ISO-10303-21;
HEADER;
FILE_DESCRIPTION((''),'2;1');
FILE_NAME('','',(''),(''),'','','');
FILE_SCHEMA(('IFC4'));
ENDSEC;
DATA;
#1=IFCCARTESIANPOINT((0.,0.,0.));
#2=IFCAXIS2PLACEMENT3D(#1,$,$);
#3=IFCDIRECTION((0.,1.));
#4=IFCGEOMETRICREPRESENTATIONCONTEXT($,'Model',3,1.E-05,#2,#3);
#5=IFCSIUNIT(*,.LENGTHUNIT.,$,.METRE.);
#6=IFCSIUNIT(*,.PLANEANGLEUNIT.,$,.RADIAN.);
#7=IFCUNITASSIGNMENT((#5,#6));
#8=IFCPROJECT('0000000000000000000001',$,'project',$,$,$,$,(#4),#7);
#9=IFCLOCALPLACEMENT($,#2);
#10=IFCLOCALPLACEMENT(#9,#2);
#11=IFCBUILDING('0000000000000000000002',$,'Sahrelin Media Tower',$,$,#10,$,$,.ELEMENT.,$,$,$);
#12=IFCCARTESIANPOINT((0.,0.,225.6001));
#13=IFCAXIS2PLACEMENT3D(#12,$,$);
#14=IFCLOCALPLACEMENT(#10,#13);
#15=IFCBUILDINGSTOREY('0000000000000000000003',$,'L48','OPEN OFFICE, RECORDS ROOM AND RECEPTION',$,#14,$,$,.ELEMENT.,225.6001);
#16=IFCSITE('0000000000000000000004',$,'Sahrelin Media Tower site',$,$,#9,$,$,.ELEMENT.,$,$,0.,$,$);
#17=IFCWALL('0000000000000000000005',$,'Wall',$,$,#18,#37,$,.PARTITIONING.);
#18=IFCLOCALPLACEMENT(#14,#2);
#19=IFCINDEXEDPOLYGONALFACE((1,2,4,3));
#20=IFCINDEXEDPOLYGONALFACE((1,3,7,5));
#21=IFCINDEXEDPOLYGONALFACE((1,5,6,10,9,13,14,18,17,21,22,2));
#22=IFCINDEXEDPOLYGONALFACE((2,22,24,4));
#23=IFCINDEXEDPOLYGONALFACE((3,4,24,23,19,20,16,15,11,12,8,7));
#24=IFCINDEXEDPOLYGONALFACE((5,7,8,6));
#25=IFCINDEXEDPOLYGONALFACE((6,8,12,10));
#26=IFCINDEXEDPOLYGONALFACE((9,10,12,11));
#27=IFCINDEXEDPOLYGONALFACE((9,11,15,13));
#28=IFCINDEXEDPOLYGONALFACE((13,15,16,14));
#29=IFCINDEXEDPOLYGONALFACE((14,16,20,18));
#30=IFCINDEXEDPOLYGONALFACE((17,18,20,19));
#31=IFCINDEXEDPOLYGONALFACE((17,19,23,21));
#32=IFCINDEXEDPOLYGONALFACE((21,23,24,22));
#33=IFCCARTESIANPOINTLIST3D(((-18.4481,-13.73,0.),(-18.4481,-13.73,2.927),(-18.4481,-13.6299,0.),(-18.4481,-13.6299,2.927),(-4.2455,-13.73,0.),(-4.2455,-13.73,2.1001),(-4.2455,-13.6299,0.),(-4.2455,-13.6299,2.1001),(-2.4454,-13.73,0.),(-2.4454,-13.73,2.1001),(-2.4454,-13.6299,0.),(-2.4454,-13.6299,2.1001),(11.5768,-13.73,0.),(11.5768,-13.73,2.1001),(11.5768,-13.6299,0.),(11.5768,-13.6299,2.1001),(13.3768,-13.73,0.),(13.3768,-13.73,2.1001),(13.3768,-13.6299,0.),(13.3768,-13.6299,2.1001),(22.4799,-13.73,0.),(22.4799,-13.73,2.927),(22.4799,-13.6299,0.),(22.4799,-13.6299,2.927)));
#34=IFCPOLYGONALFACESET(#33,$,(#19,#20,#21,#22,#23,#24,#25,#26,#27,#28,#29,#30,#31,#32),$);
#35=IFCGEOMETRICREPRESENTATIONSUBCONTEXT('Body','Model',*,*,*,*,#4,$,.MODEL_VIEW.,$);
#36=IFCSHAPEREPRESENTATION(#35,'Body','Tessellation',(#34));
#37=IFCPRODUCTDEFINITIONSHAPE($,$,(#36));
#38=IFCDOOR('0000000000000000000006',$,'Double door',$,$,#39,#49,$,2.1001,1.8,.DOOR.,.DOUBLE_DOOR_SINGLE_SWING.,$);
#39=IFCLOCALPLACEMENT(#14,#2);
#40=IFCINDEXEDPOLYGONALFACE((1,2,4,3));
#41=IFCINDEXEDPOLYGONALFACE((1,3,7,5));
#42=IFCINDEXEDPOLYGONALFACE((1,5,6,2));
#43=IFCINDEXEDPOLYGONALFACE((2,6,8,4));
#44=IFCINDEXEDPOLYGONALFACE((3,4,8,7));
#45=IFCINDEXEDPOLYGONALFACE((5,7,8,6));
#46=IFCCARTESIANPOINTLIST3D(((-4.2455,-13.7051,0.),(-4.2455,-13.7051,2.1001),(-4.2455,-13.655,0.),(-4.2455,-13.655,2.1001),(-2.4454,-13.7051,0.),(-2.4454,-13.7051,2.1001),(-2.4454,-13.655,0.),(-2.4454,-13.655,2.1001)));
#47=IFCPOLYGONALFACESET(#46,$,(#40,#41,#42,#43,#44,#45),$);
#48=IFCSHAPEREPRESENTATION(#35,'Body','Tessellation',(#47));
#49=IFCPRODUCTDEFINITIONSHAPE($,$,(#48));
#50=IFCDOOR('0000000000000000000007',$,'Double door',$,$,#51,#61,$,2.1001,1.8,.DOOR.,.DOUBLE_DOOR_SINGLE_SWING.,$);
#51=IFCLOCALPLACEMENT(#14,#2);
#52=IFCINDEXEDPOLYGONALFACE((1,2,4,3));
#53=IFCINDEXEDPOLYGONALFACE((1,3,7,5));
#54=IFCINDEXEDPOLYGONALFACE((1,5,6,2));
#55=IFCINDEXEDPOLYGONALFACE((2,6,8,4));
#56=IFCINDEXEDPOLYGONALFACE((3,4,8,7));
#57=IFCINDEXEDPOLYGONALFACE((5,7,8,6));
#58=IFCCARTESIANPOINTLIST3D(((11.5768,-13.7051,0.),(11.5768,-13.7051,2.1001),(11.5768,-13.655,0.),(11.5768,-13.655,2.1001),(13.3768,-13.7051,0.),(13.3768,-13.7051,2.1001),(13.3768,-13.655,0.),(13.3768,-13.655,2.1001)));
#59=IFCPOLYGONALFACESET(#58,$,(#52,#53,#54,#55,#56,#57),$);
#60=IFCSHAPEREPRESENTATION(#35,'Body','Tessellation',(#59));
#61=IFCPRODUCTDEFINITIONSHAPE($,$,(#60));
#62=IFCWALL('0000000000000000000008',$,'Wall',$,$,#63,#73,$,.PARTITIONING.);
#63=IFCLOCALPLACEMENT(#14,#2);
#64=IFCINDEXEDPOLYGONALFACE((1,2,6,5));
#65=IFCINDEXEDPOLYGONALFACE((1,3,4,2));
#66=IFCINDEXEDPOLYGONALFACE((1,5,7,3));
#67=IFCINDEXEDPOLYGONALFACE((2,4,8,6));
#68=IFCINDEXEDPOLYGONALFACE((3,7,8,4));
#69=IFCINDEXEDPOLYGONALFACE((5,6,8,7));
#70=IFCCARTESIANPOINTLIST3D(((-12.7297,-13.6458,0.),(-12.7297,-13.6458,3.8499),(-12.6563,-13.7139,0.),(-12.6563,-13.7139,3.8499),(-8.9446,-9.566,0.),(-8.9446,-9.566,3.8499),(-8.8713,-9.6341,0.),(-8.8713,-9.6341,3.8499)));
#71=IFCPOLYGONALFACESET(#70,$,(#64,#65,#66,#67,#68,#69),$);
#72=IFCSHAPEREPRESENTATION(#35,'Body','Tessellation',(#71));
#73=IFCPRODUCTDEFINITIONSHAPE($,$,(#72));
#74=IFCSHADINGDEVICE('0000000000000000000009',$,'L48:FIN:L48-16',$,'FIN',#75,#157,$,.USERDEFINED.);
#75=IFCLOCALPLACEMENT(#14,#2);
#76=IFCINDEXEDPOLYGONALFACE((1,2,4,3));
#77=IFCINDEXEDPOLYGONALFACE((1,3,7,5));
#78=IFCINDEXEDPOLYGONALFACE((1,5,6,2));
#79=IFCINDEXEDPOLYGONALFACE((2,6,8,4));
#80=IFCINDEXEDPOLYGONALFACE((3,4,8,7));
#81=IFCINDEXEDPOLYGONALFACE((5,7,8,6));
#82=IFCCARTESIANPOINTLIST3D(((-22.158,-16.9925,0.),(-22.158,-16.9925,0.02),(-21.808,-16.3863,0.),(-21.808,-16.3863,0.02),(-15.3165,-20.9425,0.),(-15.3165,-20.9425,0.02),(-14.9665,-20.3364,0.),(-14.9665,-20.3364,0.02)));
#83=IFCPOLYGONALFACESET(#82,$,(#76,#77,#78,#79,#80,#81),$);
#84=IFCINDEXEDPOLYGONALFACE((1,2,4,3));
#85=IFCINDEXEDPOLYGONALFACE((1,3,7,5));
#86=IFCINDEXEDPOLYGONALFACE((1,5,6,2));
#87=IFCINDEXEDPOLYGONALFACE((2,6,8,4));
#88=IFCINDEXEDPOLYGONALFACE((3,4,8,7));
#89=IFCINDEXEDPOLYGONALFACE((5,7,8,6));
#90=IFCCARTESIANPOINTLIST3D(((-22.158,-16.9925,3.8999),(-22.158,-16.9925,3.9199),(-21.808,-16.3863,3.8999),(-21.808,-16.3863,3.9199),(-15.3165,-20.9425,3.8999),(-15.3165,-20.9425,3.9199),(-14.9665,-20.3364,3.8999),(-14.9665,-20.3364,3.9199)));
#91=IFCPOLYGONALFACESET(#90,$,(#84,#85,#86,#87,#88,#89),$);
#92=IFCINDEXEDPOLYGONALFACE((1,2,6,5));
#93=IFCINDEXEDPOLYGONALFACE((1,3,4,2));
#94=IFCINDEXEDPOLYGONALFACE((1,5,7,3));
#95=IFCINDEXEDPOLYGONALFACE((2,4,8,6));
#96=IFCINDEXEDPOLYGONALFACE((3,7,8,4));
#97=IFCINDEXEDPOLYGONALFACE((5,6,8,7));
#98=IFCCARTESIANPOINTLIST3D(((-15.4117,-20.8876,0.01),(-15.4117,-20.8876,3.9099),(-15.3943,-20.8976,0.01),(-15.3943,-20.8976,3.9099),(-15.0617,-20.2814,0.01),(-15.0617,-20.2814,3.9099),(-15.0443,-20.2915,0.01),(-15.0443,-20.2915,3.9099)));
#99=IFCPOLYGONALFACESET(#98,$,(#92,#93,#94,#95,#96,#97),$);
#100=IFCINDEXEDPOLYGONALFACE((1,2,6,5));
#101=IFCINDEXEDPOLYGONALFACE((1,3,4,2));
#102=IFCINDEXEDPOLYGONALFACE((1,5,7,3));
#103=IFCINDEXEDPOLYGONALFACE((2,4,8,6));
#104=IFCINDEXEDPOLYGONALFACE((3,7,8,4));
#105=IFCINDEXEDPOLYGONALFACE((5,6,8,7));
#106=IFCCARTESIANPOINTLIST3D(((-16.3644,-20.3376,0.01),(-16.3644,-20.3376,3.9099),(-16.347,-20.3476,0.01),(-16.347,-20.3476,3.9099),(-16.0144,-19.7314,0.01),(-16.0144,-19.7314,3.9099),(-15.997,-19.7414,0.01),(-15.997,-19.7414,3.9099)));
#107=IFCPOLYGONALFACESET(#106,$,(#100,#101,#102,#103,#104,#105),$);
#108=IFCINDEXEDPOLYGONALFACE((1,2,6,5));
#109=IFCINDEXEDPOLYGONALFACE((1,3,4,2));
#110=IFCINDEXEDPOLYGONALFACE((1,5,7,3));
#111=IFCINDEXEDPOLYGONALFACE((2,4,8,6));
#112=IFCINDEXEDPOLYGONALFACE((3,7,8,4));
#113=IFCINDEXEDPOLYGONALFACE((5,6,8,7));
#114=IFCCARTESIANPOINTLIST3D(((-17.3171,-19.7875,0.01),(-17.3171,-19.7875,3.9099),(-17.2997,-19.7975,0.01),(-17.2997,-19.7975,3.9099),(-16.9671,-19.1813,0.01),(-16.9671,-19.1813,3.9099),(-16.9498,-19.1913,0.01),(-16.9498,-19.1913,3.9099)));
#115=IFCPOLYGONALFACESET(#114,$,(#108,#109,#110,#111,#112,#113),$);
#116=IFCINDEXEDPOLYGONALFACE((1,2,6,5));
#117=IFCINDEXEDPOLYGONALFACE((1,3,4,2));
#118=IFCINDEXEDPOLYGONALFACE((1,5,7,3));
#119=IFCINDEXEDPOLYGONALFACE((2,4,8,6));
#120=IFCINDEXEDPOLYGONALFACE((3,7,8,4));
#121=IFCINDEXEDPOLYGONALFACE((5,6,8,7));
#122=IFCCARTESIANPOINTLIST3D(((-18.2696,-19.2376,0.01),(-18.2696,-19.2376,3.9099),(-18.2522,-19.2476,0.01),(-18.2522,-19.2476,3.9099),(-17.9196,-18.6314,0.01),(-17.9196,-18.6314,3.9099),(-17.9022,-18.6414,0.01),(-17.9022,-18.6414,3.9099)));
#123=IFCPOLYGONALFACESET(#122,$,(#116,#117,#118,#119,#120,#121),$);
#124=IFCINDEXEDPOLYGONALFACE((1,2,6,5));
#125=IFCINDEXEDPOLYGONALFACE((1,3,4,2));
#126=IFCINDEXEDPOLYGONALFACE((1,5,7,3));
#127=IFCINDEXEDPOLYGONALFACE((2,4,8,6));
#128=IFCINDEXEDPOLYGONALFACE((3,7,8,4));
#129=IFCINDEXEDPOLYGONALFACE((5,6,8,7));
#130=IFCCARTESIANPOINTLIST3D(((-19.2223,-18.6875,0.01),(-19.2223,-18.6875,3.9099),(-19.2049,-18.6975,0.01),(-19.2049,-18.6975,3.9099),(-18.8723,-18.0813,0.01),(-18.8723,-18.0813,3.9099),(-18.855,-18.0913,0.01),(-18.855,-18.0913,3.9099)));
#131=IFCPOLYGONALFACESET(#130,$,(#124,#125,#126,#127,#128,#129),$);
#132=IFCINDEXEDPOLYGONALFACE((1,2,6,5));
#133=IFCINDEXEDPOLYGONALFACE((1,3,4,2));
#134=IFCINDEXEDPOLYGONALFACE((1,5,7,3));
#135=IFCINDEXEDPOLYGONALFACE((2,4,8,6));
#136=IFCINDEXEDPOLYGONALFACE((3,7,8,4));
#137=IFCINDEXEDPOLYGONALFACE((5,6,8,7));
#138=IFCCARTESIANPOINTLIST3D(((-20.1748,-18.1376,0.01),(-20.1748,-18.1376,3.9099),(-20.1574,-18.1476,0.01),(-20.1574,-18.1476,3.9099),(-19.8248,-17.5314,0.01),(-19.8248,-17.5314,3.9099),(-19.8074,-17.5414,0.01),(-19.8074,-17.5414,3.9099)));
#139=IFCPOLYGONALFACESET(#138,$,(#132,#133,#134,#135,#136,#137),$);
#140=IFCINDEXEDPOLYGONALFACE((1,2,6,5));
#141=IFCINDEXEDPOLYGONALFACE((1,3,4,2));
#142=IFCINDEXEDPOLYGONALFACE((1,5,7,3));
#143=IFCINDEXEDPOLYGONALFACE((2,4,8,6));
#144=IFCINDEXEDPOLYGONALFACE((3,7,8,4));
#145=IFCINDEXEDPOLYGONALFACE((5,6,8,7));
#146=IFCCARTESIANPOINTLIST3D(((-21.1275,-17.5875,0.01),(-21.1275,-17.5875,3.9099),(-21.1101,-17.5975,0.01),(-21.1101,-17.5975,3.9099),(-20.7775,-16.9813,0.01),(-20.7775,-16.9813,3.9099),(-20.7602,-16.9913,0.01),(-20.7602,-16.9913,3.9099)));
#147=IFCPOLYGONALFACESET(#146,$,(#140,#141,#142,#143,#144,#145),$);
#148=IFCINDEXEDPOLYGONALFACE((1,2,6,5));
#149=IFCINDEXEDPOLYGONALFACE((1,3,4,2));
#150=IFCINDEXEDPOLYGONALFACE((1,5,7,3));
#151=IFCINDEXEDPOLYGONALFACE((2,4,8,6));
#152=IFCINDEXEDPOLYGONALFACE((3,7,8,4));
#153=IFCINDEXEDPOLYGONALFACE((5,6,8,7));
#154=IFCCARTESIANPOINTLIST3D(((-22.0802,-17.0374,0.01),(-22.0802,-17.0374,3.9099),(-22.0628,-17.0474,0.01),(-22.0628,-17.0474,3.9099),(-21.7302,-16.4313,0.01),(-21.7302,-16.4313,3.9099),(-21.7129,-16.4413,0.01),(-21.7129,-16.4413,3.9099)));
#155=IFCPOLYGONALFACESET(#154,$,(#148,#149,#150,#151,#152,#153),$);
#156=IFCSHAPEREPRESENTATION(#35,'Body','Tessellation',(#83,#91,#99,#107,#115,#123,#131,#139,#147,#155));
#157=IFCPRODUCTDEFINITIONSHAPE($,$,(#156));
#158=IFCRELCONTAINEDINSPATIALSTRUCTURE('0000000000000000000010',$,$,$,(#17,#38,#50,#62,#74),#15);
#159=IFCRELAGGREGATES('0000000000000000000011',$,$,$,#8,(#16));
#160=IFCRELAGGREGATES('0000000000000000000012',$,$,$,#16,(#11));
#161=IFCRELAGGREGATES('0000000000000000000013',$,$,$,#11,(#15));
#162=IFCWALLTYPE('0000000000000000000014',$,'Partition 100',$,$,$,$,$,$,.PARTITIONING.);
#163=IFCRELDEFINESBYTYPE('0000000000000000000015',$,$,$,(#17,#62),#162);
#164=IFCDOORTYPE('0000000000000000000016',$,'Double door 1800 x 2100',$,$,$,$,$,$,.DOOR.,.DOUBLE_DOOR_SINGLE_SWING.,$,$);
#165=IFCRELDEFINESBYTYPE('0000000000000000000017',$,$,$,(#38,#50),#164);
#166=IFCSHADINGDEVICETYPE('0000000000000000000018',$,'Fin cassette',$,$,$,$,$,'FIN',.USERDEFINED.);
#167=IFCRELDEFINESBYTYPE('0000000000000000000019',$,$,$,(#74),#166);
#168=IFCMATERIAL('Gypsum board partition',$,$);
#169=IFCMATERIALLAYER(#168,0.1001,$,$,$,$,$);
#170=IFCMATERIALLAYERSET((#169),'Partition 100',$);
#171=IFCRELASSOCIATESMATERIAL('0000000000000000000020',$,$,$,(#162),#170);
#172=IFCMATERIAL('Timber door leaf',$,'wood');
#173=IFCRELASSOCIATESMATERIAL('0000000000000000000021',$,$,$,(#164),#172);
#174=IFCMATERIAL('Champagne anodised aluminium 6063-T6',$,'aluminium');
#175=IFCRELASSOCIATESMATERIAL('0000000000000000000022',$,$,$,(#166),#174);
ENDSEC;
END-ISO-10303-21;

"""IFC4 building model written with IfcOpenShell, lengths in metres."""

from ifc_helpers import new_model, si_unit, direction, frame, frame_2d, origin, origin_2d, place, context, subcontext, project, spatial, rectangle, extrude, material, layer, layer_set, type_object, element, fill, save


model = new_model("IFC4")

# Units and contexts
model_context = context("Model", 3, precision=1e-05, world=origin(), true_north=direction((0.0, 1.0)))
body_context = subcontext(model_context, "Body", "Model", "MODEL_VIEW")
ifc_project = project(units=[si_unit("LENGTHUNIT", "METRE"), si_unit("PLANEANGLEUNIT", "RADIAN")], contexts=[model_context])

# Site, building, storey
site_placement = place(None, origin())
site = spatial("IfcSite", under=ifc_project, at=site_placement, Name="Sahrelin Media Tower site", CompositionType="ELEMENT", RefElevation=0.0)
building_placement = place(site_placement, origin())
building = spatial("IfcBuilding", under=site, at=building_placement, Name="Sahrelin Media Tower", CompositionType="ELEMENT")
storey_placement = place(building_placement, frame((0.0, 0.0, 225.6001)))
storey = spatial("IfcBuildingStorey", under=building, at=storey_placement, Name="L48", Description="OPEN OFFICE, RECORDS ROOM AND RECEPTION", CompositionType="ELEMENT", Elevation=225.6001)

# Shared definitions
ifc_material_1 = material(Name="Champagne anodised aluminium 6063-T6", Category="aluminium")

# Wall, openings, doors
ifc_material_2 = material(Name="Gypsum board partition")
ifc_layer_1 = layer(ifc_material_2, 0.1001)
ifc_layer_set_1 = layer_set([ifc_layer_1], Name="Partition 100")
wall_type_1 = type_object("IfcWallType", Name="Partition 100", PredefinedType="PARTITIONING", material=ifc_layer_set_1)
wall_1_placement = place(storey_placement, frame((-18.448, -13.6799, 0.0), z_axis=(0.0, 0.0, 1.0), x_axis=(1.0, 0.0, 0.0)))
wall_1 = element("IfcWall", 1, at=wall_1_placement, inside=storey, type_object=wall_type_1, Name="Wall", PredefinedType="PARTITIONING", context=body_context, shape_type="SweptSolid", body=[
    extrude(rectangle(XDim=40.928, YDim=0.1001, at=frame_2d((20.4639, 0.0))), origin(), (0.0, 0.0, 1.0), 2.927),
])
opening_1_placement = place(wall_1_placement, frame((14.2026, 0.0, 0.0)))
opening_1 = element("IfcOpeningElement", 2, at=opening_1_placement, cuts=wall_1, PredefinedType="OPENING", context=body_context, shape_type="SweptSolid", body=[
    extrude(rectangle(XDim=1.8, YDim=2.1001, at=frame_2d((0.8999, 1.05))), frame((0.0, 0.05, 0.0), z_axis=(0.0, -1.0, 0.0), x_axis=(1.0, 0.0, 0.0)), (0.0, 0.0, 1.0), 0.1001),
])
opening_2_placement = place(wall_1_placement, frame((30.0249, 0.0, 0.0)))
opening_2 = element("IfcOpeningElement", 3, at=opening_2_placement, cuts=wall_1, PredefinedType="OPENING", context=body_context, shape_type="SweptSolid", body=[
    extrude(rectangle(XDim=1.8, YDim=2.1001, at=frame_2d((0.8999, 1.05))), frame((0.0, 0.05, 0.0), z_axis=(0.0, -1.0, 0.0), x_axis=(1.0, 0.0, 0.0)), (0.0, 0.0, 1.0), 0.1001),
])
ifc_material_3 = material(Name="Timber door leaf", Category="wood")
door_type = type_object("IfcDoorType", Name="Double door 1800 x 2100", OperationType="DOUBLE_DOOR_SINGLE_SWING", PredefinedType="DOOR", material=ifc_material_3)
door_1_placement = place(opening_1_placement, origin())
door_1 = element("IfcDoor", 4, at=door_1_placement, inside=storey, type_object=door_type, Name="Double door", OperationType="DOUBLE_DOOR_SINGLE_SWING", OverallHeight=2.1001, OverallWidth=1.8, PredefinedType="DOOR", context=body_context, shape_type="SweptSolid", body=[
    extrude(rectangle(XDim=1.8, YDim=2.1001, at=frame_2d((0.8999, 1.05))), frame((0.0, 0.0249, 0.0), z_axis=(0.0, -1.0, 0.0), x_axis=(1.0, 0.0, 0.0)), (0.0, 0.0, 1.0), 0.05),
])
fill(opening_1, door_1)
door_2_placement = place(opening_2_placement, origin())
door_2 = element("IfcDoor", 5, at=door_2_placement, inside=storey, type_object=door_type, Name="Double door", OperationType="DOUBLE_DOOR_SINGLE_SWING", OverallHeight=2.1001, OverallWidth=1.8, PredefinedType="DOOR", context=body_context, shape_type="SweptSolid", body=[
    extrude(rectangle(XDim=1.8, YDim=2.1001, at=frame_2d((0.8999, 1.05))), frame((0.0, 0.0249, 0.0), z_axis=(0.0, -1.0, 0.0), x_axis=(1.0, 0.0, 0.0)), (0.0, 0.0, 1.0), 0.05),
])
fill(opening_2, door_2)

# Wall
wall_2_placement = place(storey_placement, frame((-12.6931, -13.6799, 0.0), z_axis=(0.0, 0.0, 1.0), x_axis=(0.680136, 0.733086, 0.0)))
element("IfcWall", 6, at=wall_2_placement, inside=storey, type_object=wall_type_1, Name="Wall", PredefinedType="PARTITIONING", context=body_context, shape_type="SweptSolid", body=[
    extrude(rectangle(XDim=5.5652, YDim=0.1001, at=frame_2d((2.7827, 0.0))), origin(), (0.0, 0.0, 1.0), 3.8499),
])

# Shading device
shading_device_type_1 = type_object("IfcShadingDeviceType", Name="Fin cassette", ElementType="FIN", PredefinedType="USERDEFINED", material=ifc_material_1)
placement = place(storey_placement, frame((-18.3523, -18.3008, 0.0), z_axis=(0.0, 0.0, 1.0), x_axis=(-0.866019, 0.500011, 0.0)))
element("IfcShadingDevice", 7, at=placement, inside=storey, type_object=shading_device_type_1, Name="L48:FIN:L48-16", ObjectType="FIN", PredefinedType="USERDEFINED", context=body_context, shape_type="SweptSolid", body=[
    extrude(rectangle(XDim=7.8999, YDim=0.7, at=origin_2d()), frame((0.0, 0.4199, 0.0)), (0.0, 0.0, 1.0), 0.02),
    extrude(rectangle(XDim=7.8999, YDim=0.7, at=origin_2d()), frame((0.0, 0.4199, 3.8999)), (0.0, 0.0, 1.0), 0.02),
    extrude(rectangle(XDim=0.02, YDim=0.7, at=origin_2d()), frame((-3.8501, 0.4199, 0.01), z_axis=(0.0, 0.0, 1.0), x_axis=(1.0, 0.0, 0.0)), (0.0, 0.0, 1.0), 3.8999),
    extrude(rectangle(XDim=0.02, YDim=0.7, at=origin_2d()), frame((-2.75, 0.4199, 0.01), z_axis=(0.0, 0.0, 1.0), x_axis=(1.0, 0.0, 0.0)), (0.0, 0.0, 1.0), 3.8999),
    extrude(rectangle(XDim=0.02, YDim=0.7, at=origin_2d()), frame((-1.6499, 0.4199, 0.01), z_axis=(0.0, 0.0, 1.0), x_axis=(1.0, 0.0, 0.0)), (0.0, 0.0, 1.0), 3.8999),
    extrude(rectangle(XDim=0.02, YDim=0.7, at=origin_2d()), frame((-0.55, 0.4199, 0.01), z_axis=(0.0, 0.0, 1.0), x_axis=(1.0, 0.0, 0.0)), (0.0, 0.0, 1.0), 3.8999),
    extrude(rectangle(XDim=0.02, YDim=0.7, at=origin_2d()), frame((0.55, 0.4199, 0.01), z_axis=(0.0, 0.0, 1.0), x_axis=(1.0, 0.0, 0.0)), (0.0, 0.0, 1.0), 3.8999),
    extrude(rectangle(XDim=0.02, YDim=0.7, at=origin_2d()), frame((1.6499, 0.4199, 0.01), z_axis=(0.0, 0.0, 1.0), x_axis=(1.0, 0.0, 0.0)), (0.0, 0.0, 1.0), 3.8999),
    extrude(rectangle(XDim=0.02, YDim=0.7, at=origin_2d()), frame((2.75, 0.4199, 0.01), z_axis=(0.0, 0.0, 1.0), x_axis=(1.0, 0.0, 0.0)), (0.0, 0.0, 1.0), 3.8999),
    extrude(rectangle(XDim=0.02, YDim=0.7, at=origin_2d()), frame((3.8501, 0.4199, 0.01), z_axis=(0.0, 0.0, 1.0), x_axis=(1.0, 0.0, 0.0)), (0.0, 0.0, 1.0), 3.8999),
])

save(model, "model.ifc")
